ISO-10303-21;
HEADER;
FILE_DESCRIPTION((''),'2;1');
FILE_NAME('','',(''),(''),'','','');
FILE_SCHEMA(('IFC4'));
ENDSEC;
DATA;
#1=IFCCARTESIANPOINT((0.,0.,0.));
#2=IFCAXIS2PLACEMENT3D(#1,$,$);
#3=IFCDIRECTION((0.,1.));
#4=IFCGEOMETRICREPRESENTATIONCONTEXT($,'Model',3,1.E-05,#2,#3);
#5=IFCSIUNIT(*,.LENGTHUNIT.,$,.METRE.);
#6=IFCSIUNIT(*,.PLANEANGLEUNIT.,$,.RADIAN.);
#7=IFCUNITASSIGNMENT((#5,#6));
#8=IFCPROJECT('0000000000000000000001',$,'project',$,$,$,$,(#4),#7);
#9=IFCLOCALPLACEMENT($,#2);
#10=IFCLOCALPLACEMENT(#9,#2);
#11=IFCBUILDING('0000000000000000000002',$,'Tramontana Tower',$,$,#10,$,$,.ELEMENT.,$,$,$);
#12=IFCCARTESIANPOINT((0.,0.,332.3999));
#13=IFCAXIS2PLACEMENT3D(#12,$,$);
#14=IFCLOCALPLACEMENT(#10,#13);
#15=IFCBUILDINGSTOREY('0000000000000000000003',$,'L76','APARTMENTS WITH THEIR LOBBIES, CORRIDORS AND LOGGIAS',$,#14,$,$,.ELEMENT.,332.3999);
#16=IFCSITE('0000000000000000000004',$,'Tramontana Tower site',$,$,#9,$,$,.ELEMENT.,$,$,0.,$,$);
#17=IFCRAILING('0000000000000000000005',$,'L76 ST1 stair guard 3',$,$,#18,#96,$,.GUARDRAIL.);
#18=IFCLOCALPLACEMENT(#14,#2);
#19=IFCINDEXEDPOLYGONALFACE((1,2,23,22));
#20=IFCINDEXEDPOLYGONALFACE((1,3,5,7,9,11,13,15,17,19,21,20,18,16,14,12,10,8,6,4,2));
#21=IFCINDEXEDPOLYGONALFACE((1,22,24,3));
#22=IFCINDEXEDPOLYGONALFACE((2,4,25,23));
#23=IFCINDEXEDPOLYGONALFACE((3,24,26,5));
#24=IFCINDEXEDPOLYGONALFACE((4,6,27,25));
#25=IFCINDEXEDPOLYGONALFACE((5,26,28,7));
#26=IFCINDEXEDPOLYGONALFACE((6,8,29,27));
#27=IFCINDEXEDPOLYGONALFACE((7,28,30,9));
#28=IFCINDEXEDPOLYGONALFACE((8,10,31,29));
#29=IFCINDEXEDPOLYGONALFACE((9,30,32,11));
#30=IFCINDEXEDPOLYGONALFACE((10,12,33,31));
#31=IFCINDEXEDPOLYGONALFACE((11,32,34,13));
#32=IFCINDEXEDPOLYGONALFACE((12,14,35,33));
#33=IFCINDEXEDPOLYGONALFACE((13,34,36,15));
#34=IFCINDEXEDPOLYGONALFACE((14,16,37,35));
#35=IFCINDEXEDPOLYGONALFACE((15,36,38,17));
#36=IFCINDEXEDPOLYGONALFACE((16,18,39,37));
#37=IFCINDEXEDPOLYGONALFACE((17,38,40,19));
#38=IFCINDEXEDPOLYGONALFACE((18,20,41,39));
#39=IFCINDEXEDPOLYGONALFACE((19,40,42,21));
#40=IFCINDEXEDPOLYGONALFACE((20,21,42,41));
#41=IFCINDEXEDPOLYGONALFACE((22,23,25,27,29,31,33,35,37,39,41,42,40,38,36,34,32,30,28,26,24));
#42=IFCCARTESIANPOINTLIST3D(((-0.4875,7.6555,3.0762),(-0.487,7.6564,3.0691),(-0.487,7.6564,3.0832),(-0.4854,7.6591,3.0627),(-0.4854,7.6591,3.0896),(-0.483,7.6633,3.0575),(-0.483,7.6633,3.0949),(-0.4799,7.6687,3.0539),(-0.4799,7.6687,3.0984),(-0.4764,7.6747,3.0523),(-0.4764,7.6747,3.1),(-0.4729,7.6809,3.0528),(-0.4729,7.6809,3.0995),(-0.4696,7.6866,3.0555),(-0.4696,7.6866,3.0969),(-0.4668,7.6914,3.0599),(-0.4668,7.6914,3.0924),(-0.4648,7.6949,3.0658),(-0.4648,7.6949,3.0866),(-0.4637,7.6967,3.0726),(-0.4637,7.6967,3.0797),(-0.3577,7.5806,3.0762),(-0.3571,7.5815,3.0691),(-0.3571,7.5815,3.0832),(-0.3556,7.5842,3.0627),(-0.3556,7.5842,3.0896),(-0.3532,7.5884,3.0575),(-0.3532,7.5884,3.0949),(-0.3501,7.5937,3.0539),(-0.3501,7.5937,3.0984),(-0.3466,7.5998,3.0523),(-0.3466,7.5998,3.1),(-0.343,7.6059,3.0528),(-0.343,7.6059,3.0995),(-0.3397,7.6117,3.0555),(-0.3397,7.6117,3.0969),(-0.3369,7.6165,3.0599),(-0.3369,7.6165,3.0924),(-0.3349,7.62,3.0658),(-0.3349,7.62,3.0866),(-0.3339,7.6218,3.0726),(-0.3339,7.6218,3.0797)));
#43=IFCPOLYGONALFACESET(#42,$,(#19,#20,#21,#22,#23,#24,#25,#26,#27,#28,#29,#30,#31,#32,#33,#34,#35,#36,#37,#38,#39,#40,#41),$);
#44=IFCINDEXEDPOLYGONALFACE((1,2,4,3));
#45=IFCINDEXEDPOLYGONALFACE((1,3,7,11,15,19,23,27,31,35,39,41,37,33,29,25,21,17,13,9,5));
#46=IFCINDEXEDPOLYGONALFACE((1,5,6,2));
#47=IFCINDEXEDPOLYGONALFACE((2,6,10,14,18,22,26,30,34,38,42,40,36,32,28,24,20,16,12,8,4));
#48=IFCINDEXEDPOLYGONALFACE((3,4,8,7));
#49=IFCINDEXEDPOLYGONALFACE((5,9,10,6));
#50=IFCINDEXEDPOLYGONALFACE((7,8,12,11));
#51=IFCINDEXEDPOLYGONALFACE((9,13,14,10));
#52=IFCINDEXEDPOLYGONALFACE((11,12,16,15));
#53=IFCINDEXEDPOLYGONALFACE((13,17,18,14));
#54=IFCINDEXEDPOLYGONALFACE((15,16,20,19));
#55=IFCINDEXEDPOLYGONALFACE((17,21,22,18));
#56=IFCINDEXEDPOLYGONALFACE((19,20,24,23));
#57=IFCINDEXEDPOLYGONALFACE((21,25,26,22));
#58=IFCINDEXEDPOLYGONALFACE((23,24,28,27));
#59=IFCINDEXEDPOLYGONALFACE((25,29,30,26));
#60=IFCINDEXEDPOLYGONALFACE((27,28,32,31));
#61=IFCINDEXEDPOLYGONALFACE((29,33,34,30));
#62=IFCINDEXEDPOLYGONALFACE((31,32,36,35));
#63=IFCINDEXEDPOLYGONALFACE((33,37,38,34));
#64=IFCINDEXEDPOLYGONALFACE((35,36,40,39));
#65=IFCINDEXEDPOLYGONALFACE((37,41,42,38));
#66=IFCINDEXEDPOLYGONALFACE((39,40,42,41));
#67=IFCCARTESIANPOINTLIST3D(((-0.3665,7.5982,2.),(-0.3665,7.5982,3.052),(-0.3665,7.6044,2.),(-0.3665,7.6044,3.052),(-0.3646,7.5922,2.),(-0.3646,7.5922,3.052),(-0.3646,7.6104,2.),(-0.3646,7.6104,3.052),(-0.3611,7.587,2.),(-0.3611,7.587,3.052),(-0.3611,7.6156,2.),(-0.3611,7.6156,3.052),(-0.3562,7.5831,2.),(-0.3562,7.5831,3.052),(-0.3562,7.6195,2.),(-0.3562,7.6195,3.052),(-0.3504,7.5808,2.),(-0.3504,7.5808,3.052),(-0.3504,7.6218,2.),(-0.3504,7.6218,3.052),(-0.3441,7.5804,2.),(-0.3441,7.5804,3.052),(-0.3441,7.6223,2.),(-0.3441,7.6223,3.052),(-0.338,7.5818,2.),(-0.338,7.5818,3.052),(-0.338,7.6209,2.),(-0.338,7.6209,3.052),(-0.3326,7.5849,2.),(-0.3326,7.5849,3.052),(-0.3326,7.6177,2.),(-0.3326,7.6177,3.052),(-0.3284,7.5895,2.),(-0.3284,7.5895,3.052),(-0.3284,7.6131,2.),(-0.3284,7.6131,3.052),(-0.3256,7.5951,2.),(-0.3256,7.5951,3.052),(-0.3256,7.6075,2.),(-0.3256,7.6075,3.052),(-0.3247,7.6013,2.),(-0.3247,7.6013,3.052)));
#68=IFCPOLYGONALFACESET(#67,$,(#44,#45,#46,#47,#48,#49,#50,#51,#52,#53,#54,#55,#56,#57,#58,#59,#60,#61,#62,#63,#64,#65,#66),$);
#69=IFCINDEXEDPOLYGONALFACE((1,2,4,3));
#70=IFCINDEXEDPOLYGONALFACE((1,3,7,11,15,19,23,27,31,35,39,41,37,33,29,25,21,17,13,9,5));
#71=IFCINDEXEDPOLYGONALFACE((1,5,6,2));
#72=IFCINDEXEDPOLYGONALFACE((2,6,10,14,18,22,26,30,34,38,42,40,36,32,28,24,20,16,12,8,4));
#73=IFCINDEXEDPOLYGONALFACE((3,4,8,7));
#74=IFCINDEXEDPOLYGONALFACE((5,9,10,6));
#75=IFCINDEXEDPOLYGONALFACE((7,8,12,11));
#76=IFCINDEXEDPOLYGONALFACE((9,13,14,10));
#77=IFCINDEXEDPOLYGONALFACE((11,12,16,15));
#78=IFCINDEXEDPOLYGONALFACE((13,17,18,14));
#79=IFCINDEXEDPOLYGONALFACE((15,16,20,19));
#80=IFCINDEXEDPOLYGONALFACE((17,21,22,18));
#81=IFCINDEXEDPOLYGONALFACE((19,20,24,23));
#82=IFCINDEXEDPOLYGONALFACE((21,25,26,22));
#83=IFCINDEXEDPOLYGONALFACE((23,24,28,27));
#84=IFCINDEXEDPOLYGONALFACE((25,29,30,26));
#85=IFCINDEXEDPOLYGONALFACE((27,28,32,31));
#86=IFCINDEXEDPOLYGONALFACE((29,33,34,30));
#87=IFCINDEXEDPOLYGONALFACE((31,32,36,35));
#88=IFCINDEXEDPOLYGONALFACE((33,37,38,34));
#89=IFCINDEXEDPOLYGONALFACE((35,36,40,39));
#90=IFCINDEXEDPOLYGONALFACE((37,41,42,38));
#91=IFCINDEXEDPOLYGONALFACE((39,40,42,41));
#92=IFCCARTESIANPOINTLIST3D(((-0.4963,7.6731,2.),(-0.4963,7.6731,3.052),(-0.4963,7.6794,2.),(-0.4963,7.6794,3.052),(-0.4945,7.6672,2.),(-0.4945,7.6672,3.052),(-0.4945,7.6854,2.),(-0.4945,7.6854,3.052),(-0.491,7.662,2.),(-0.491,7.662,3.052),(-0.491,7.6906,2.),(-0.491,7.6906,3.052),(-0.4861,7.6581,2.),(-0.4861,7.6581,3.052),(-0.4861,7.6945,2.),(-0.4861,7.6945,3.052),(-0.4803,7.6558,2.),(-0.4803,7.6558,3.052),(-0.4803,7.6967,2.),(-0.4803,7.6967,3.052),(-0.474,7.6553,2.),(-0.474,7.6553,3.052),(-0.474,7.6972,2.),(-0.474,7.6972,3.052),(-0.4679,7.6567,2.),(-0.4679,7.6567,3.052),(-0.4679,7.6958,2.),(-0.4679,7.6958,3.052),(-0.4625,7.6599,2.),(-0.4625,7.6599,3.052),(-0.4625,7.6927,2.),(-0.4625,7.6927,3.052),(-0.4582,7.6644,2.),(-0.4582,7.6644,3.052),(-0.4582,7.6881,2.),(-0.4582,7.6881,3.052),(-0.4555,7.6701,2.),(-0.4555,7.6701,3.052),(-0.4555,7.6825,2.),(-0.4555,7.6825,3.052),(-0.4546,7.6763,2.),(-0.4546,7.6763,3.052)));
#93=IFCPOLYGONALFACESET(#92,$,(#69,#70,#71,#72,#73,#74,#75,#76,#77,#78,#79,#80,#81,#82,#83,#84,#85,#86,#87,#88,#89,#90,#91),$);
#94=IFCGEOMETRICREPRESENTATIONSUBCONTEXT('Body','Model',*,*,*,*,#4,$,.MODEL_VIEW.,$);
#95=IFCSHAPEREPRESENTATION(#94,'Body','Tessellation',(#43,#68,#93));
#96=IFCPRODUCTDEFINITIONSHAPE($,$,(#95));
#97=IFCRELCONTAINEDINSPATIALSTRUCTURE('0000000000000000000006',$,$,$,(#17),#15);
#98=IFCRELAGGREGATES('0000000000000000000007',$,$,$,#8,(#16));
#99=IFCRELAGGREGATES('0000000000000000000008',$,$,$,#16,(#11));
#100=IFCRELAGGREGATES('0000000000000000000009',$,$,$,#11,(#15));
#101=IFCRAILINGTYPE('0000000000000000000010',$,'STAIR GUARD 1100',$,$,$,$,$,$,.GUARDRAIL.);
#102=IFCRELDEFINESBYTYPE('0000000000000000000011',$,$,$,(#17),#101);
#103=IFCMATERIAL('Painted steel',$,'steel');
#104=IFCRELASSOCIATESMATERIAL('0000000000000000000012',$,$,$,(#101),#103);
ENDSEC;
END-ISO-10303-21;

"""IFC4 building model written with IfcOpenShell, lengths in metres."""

from ifc_helpers import new_model, si_unit, direction, frame, origin, origin_2d, place, context, subcontext, project, spatial, circle, extrude, material, type_object, element, save


model = new_model("IFC4")

# Units and contexts
model_context = context("Model", 3, precision=1e-05, world=origin(), true_north=direction((0.0, 1.0)))
body_context = subcontext(model_context, "Body", "Model", "MODEL_VIEW")
ifc_project = project(units=[si_unit("LENGTHUNIT", "METRE"), si_unit("PLANEANGLEUNIT", "RADIAN")], contexts=[model_context])

# Site, building, storey
site_placement = place(None, origin())
site = spatial("IfcSite", under=ifc_project, at=site_placement, Name="Tramontana Tower site", CompositionType="ELEMENT", RefElevation=0.0)
building_placement = place(site_placement, origin())
building = spatial("IfcBuilding", under=site, at=building_placement, Name="Tramontana Tower", CompositionType="ELEMENT")
storey_placement = place(building_placement, frame((0.0, 0.0, 332.3999)))
storey = spatial("IfcBuildingStorey", under=building, at=storey_placement, Name="L76", Description="APARTMENTS WITH THEIR LOBBIES, CORRIDORS AND LOGGIAS", CompositionType="ELEMENT", Elevation=332.3999)

# Railing
ifc_material_1 = material(Name="Painted steel", Category="steel")
railing_type_1 = type_object("IfcRailingType", Name="STAIR GUARD 1100", PredefinedType="GUARDRAIL", material=ifc_material_1)
railing_1_placement = place(storey_placement, frame((-0.3457, 7.6013, 2.0)))
element("IfcRailing", 1, at=railing_1_placement, inside=storey, type_object=railing_type_1, Name="L76 ST1 stair guard 3", PredefinedType="GUARDRAIL", context=body_context, shape_type="SweptSolid", body=[
    extrude(circle(Radius=0.0239, at=origin_2d()), frame((0.0, 0.0, 1.0762), z_axis=(-0.866131, 0.499816, 0.0), x_axis=(-0.499816, -0.866131, 0.0)), (0.0, 0.0, 1.0), 0.1499),
    extrude(circle(Radius=0.021, at=origin_2d()), origin(), (0.0, 0.0, 1.0), 1.052),
    extrude(circle(Radius=0.021, at=origin_2d()), frame((-0.1299, 0.075, 0.0)), (0.0, 0.0, 1.0), 1.052),
])

save(model, "model.ifc")
